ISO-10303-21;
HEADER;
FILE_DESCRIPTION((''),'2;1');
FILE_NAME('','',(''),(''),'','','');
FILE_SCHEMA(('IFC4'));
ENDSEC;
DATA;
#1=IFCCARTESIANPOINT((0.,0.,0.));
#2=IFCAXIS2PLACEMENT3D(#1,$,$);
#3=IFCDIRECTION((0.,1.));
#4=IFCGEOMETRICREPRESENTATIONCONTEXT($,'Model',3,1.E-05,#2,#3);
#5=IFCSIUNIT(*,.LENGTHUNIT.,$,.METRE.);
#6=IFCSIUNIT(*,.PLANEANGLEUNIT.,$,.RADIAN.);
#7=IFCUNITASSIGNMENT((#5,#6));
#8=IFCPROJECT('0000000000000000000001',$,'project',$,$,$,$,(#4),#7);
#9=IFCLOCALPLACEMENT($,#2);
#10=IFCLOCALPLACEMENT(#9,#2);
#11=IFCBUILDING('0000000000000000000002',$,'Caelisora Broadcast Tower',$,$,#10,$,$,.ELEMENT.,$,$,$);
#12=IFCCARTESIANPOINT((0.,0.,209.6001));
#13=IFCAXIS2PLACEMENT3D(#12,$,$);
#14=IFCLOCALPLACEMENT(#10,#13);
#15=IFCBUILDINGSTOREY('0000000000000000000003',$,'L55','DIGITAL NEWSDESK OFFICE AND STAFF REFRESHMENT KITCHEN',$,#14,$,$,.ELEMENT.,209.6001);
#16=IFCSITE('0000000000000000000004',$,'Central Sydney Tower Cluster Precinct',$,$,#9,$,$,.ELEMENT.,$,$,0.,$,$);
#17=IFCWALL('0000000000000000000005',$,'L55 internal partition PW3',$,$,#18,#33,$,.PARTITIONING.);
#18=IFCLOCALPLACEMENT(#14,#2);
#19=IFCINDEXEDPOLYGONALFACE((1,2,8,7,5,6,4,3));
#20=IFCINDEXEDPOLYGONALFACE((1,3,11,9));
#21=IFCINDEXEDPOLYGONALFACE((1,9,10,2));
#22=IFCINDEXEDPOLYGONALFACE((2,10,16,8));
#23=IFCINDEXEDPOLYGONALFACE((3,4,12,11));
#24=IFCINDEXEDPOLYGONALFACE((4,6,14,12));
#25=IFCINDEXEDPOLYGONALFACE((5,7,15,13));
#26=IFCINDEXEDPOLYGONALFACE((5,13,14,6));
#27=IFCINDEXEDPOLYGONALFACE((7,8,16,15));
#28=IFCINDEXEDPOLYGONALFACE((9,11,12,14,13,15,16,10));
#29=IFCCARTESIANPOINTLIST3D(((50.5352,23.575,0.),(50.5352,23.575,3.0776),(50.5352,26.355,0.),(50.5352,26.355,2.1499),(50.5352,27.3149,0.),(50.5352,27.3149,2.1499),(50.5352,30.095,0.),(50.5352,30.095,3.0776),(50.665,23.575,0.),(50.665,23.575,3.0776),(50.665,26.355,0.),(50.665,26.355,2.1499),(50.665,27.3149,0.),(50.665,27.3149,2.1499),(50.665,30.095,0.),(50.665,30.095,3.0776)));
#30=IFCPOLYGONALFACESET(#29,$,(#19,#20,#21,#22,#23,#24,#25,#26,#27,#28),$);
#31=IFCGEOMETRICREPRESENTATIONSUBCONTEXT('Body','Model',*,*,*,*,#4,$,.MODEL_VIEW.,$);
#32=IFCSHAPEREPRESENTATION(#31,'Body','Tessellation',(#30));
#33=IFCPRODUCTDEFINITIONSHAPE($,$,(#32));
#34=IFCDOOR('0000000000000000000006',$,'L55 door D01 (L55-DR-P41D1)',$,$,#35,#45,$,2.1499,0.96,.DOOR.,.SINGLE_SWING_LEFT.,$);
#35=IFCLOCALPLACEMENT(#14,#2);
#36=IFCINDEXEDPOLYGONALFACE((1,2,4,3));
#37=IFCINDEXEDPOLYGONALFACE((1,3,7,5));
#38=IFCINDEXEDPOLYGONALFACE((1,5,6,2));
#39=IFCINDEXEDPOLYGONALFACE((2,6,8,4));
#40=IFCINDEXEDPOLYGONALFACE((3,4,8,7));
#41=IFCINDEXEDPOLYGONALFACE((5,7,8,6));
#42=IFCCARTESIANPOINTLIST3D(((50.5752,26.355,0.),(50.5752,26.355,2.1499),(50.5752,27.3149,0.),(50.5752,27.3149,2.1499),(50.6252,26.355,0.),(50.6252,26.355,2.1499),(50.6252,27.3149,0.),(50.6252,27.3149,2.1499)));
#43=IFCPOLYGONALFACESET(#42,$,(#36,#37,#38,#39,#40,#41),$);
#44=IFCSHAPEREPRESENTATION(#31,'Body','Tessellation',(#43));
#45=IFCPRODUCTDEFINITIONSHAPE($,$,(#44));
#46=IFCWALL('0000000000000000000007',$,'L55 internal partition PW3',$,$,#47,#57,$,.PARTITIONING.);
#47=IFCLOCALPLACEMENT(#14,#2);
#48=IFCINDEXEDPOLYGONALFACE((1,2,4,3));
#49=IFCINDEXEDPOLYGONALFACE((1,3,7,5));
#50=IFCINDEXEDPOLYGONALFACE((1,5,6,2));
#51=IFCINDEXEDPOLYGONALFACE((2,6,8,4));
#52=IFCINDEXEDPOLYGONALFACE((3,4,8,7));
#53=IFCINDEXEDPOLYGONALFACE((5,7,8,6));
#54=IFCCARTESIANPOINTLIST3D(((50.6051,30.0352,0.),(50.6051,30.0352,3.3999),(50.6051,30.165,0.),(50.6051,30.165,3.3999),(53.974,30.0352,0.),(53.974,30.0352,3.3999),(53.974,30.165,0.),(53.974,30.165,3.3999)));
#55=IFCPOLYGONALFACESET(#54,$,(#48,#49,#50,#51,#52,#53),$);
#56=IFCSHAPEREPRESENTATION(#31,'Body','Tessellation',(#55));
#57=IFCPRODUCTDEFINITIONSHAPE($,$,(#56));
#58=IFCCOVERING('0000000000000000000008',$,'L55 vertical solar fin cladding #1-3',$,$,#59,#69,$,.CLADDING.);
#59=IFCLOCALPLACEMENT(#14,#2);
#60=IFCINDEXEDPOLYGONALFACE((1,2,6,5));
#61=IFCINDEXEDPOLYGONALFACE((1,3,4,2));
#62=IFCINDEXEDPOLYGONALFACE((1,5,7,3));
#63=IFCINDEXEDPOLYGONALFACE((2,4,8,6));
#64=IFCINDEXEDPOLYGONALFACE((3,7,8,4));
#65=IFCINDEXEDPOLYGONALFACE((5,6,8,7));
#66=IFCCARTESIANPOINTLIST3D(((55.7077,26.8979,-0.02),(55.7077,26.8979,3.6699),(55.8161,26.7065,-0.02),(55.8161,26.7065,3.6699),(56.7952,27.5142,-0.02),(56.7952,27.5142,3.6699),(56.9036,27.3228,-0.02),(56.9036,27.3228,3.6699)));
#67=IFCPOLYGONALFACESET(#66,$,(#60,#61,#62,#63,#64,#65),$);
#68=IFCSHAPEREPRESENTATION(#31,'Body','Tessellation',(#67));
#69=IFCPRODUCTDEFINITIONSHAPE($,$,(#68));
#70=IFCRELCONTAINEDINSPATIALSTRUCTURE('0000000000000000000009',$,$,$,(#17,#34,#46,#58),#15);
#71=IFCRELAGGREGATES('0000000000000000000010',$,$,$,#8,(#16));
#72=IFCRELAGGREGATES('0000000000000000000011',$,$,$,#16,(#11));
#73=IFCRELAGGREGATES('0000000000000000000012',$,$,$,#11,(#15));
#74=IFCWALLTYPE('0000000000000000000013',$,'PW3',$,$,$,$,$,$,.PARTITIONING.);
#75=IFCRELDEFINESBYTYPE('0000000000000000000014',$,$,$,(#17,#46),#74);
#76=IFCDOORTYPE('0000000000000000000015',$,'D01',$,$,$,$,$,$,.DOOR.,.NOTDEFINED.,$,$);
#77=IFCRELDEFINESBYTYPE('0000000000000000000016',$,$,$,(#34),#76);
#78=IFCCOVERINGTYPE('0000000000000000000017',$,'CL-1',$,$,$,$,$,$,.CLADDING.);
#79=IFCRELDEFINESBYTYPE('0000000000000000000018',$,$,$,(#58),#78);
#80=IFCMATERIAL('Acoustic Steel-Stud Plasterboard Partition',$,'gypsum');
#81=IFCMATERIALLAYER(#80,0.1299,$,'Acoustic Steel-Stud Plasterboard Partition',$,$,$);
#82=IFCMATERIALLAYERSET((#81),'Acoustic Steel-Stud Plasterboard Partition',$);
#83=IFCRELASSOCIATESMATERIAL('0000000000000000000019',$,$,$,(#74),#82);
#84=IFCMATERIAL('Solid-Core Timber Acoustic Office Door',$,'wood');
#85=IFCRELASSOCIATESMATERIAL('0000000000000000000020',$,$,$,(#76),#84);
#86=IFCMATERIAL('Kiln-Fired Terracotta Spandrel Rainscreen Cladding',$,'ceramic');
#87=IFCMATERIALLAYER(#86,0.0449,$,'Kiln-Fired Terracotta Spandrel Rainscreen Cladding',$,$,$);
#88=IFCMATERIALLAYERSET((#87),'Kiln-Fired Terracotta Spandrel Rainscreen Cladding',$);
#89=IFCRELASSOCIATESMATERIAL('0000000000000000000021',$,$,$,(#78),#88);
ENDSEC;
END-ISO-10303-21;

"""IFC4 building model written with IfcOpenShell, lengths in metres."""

from ifc_helpers import new_model, si_unit, direction, frame, frame_2d, origin, origin_2d, place, context, subcontext, project, spatial, rectangle, extrude, source, transform, mapped, material, layer, layer_set, type_object, type_shapes, element, fill, save


model = new_model("IFC4")

# Units and contexts
model_context = context("Model", 3, precision=1e-05, world=origin(), true_north=direction((0.0, 1.0)))
body_context = subcontext(model_context, "Body", "Model", "MODEL_VIEW")
ifc_project = project(units=[si_unit("LENGTHUNIT", "METRE"), si_unit("PLANEANGLEUNIT", "RADIAN")], contexts=[model_context])

# Site, building, storey
site_placement = place(None, origin())
site = spatial("IfcSite", under=ifc_project, at=site_placement, Name="Central Sydney Tower Cluster Precinct", CompositionType="ELEMENT", RefElevation=0.0)
building_placement = place(site_placement, origin())
building = spatial("IfcBuilding", under=site, at=building_placement, Name="Caelisora Broadcast Tower", CompositionType="ELEMENT")
storey_placement = place(building_placement, frame((0.0, 0.0, 209.6001)))
storey = spatial("IfcBuildingStorey", under=building, at=storey_placement, Name="L55", Description="DIGITAL NEWSDESK OFFICE AND STAFF REFRESHMENT KITCHEN", CompositionType="ELEMENT", Elevation=209.6001)

# Shared definitions
ifc_material_1 = material(Name="Acoustic Steel-Stud Plasterboard Partition", Category="gypsum")
ifc_layer_1 = layer(ifc_material_1, 0.1299, Name="Acoustic Steel-Stud Plasterboard Partition")
ifc_layer_set_1 = layer_set([ifc_layer_1], Name="Acoustic Steel-Stud Plasterboard Partition")
wall_type_1 = type_object("IfcWallType", Name="PW3", PredefinedType="PARTITIONING", material=ifc_layer_set_1)

# Wall, opening, door
wall_1_placement = place(storey_placement, frame((50.6001, 23.575, 0.0), z_axis=(0.0, 0.0, 1.0), x_axis=(0.0, 1.0, 0.0)))
wall_1 = element("IfcWall", 1, at=wall_1_placement, inside=storey, type_object=wall_type_1, Name="L55 internal partition PW3", PredefinedType="PARTITIONING", context=body_context, shape_type="SweptSolid", body=[
    extrude(rectangle(XDim=6.52, YDim=0.1299, at=frame_2d((3.26, 0.0))), origin(), (0.0, 0.0, 1.0), 3.0776),
])
opening_1_placement = place(wall_1_placement, frame((2.78, 0.0, 0.0)))
opening_1 = element("IfcOpeningElement", 2, at=opening_1_placement, cuts=wall_1, PredefinedType="OPENING", context=body_context, shape_type="SweptSolid", body=[
    extrude(rectangle(XDim=0.96, YDim=2.1499, at=frame_2d((0.48, 1.075))), frame((0.0, 0.0769, 0.0), z_axis=(0.0, -1.0, 0.0), x_axis=(1.0, 0.0, 0.0)), (0.0, 0.0, 1.0), 0.1538),
])
ifc_material_2 = material(Name="Solid-Core Timber Acoustic Office Door", Category="wood")
door_type_1 = type_object("IfcDoorType", Name="D01", OperationType="NOTDEFINED", PredefinedType="DOOR", material=ifc_material_2)
door_1_placement = place(opening_1_placement, origin())
door_1 = element("IfcDoor", 3, at=door_1_placement, inside=storey, type_object=door_type_1, Name="L55 door D01 (L55-DR-P41D1)", OperationType="SINGLE_SWING_LEFT", OverallHeight=2.1499, OverallWidth=0.96, PredefinedType="DOOR", context=body_context, shape_type="SweptSolid", body=[
    extrude(rectangle(XDim=0.96, YDim=2.1499, at=frame_2d((0.48, 1.075))), frame((0.0, 0.0249, 0.0), z_axis=(0.0, -1.0, 0.0), x_axis=(1.0, 0.0, 0.0)), (0.0, 0.0, 1.0), 0.05),
])
fill(opening_1, door_1)

# Wall
wall_2_placement = place(storey_placement, frame((50.605, 30.1001, 0.0), z_axis=(0.0, 0.0, 1.0), x_axis=(1.0, 0.0, 0.0)))
element("IfcWall", 4, at=wall_2_placement, inside=storey, type_object=wall_type_1, Name="L55 internal partition PW3", PredefinedType="PARTITIONING", context=body_context, shape_type="SweptSolid", body=[
    extrude(rectangle(XDim=3.3689, YDim=0.1299, at=frame_2d((1.6846, 0.0))), origin(), (0.0, 0.0, 1.0), 3.3999),
])

# Covering
ifc_material_3 = material(Name="Kiln-Fired Terracotta Spandrel Rainscreen Cladding", Category="ceramic")
ifc_layer_2 = layer(ifc_material_3, 0.0449, Name="Kiln-Fired Terracotta Spandrel Rainscreen Cladding")
ifc_layer_set_2 = layer_set([ifc_layer_2], Name="Kiln-Fired Terracotta Spandrel Rainscreen Cladding")
covering_type = type_object("IfcCoveringType", Name="CL-1", PredefinedType="CLADDING", material=ifc_layer_set_2)
shared_shape_1 = source(origin(), body_context, "Body", "SweptSolid", [
    extrude(rectangle(XDim=0.22, YDim=1.25, at=origin_2d()), origin(), (0.0, 0.0, 1.0), 3.6899),
])
type_shapes(covering_type, [shared_shape_1])
covering_placement = place(storey_placement, frame((56.3057, 27.1104, -0.02), z_axis=(0.0, 0.0, 1.0), x_axis=(0.493031, -0.870012, 0.0)))
element("IfcCovering", 5, at=covering_placement, inside=storey, type_object=covering_type, Name="L55 vertical solar fin cladding #1-3", PredefinedType="CLADDING", context=body_context, shape_type="MappedRepresentation", body=[
    mapped(shared_shape_1, transform((0.0, 0.0, 0.0), scale=1.0)),
])

save(model, "model.ifc")
